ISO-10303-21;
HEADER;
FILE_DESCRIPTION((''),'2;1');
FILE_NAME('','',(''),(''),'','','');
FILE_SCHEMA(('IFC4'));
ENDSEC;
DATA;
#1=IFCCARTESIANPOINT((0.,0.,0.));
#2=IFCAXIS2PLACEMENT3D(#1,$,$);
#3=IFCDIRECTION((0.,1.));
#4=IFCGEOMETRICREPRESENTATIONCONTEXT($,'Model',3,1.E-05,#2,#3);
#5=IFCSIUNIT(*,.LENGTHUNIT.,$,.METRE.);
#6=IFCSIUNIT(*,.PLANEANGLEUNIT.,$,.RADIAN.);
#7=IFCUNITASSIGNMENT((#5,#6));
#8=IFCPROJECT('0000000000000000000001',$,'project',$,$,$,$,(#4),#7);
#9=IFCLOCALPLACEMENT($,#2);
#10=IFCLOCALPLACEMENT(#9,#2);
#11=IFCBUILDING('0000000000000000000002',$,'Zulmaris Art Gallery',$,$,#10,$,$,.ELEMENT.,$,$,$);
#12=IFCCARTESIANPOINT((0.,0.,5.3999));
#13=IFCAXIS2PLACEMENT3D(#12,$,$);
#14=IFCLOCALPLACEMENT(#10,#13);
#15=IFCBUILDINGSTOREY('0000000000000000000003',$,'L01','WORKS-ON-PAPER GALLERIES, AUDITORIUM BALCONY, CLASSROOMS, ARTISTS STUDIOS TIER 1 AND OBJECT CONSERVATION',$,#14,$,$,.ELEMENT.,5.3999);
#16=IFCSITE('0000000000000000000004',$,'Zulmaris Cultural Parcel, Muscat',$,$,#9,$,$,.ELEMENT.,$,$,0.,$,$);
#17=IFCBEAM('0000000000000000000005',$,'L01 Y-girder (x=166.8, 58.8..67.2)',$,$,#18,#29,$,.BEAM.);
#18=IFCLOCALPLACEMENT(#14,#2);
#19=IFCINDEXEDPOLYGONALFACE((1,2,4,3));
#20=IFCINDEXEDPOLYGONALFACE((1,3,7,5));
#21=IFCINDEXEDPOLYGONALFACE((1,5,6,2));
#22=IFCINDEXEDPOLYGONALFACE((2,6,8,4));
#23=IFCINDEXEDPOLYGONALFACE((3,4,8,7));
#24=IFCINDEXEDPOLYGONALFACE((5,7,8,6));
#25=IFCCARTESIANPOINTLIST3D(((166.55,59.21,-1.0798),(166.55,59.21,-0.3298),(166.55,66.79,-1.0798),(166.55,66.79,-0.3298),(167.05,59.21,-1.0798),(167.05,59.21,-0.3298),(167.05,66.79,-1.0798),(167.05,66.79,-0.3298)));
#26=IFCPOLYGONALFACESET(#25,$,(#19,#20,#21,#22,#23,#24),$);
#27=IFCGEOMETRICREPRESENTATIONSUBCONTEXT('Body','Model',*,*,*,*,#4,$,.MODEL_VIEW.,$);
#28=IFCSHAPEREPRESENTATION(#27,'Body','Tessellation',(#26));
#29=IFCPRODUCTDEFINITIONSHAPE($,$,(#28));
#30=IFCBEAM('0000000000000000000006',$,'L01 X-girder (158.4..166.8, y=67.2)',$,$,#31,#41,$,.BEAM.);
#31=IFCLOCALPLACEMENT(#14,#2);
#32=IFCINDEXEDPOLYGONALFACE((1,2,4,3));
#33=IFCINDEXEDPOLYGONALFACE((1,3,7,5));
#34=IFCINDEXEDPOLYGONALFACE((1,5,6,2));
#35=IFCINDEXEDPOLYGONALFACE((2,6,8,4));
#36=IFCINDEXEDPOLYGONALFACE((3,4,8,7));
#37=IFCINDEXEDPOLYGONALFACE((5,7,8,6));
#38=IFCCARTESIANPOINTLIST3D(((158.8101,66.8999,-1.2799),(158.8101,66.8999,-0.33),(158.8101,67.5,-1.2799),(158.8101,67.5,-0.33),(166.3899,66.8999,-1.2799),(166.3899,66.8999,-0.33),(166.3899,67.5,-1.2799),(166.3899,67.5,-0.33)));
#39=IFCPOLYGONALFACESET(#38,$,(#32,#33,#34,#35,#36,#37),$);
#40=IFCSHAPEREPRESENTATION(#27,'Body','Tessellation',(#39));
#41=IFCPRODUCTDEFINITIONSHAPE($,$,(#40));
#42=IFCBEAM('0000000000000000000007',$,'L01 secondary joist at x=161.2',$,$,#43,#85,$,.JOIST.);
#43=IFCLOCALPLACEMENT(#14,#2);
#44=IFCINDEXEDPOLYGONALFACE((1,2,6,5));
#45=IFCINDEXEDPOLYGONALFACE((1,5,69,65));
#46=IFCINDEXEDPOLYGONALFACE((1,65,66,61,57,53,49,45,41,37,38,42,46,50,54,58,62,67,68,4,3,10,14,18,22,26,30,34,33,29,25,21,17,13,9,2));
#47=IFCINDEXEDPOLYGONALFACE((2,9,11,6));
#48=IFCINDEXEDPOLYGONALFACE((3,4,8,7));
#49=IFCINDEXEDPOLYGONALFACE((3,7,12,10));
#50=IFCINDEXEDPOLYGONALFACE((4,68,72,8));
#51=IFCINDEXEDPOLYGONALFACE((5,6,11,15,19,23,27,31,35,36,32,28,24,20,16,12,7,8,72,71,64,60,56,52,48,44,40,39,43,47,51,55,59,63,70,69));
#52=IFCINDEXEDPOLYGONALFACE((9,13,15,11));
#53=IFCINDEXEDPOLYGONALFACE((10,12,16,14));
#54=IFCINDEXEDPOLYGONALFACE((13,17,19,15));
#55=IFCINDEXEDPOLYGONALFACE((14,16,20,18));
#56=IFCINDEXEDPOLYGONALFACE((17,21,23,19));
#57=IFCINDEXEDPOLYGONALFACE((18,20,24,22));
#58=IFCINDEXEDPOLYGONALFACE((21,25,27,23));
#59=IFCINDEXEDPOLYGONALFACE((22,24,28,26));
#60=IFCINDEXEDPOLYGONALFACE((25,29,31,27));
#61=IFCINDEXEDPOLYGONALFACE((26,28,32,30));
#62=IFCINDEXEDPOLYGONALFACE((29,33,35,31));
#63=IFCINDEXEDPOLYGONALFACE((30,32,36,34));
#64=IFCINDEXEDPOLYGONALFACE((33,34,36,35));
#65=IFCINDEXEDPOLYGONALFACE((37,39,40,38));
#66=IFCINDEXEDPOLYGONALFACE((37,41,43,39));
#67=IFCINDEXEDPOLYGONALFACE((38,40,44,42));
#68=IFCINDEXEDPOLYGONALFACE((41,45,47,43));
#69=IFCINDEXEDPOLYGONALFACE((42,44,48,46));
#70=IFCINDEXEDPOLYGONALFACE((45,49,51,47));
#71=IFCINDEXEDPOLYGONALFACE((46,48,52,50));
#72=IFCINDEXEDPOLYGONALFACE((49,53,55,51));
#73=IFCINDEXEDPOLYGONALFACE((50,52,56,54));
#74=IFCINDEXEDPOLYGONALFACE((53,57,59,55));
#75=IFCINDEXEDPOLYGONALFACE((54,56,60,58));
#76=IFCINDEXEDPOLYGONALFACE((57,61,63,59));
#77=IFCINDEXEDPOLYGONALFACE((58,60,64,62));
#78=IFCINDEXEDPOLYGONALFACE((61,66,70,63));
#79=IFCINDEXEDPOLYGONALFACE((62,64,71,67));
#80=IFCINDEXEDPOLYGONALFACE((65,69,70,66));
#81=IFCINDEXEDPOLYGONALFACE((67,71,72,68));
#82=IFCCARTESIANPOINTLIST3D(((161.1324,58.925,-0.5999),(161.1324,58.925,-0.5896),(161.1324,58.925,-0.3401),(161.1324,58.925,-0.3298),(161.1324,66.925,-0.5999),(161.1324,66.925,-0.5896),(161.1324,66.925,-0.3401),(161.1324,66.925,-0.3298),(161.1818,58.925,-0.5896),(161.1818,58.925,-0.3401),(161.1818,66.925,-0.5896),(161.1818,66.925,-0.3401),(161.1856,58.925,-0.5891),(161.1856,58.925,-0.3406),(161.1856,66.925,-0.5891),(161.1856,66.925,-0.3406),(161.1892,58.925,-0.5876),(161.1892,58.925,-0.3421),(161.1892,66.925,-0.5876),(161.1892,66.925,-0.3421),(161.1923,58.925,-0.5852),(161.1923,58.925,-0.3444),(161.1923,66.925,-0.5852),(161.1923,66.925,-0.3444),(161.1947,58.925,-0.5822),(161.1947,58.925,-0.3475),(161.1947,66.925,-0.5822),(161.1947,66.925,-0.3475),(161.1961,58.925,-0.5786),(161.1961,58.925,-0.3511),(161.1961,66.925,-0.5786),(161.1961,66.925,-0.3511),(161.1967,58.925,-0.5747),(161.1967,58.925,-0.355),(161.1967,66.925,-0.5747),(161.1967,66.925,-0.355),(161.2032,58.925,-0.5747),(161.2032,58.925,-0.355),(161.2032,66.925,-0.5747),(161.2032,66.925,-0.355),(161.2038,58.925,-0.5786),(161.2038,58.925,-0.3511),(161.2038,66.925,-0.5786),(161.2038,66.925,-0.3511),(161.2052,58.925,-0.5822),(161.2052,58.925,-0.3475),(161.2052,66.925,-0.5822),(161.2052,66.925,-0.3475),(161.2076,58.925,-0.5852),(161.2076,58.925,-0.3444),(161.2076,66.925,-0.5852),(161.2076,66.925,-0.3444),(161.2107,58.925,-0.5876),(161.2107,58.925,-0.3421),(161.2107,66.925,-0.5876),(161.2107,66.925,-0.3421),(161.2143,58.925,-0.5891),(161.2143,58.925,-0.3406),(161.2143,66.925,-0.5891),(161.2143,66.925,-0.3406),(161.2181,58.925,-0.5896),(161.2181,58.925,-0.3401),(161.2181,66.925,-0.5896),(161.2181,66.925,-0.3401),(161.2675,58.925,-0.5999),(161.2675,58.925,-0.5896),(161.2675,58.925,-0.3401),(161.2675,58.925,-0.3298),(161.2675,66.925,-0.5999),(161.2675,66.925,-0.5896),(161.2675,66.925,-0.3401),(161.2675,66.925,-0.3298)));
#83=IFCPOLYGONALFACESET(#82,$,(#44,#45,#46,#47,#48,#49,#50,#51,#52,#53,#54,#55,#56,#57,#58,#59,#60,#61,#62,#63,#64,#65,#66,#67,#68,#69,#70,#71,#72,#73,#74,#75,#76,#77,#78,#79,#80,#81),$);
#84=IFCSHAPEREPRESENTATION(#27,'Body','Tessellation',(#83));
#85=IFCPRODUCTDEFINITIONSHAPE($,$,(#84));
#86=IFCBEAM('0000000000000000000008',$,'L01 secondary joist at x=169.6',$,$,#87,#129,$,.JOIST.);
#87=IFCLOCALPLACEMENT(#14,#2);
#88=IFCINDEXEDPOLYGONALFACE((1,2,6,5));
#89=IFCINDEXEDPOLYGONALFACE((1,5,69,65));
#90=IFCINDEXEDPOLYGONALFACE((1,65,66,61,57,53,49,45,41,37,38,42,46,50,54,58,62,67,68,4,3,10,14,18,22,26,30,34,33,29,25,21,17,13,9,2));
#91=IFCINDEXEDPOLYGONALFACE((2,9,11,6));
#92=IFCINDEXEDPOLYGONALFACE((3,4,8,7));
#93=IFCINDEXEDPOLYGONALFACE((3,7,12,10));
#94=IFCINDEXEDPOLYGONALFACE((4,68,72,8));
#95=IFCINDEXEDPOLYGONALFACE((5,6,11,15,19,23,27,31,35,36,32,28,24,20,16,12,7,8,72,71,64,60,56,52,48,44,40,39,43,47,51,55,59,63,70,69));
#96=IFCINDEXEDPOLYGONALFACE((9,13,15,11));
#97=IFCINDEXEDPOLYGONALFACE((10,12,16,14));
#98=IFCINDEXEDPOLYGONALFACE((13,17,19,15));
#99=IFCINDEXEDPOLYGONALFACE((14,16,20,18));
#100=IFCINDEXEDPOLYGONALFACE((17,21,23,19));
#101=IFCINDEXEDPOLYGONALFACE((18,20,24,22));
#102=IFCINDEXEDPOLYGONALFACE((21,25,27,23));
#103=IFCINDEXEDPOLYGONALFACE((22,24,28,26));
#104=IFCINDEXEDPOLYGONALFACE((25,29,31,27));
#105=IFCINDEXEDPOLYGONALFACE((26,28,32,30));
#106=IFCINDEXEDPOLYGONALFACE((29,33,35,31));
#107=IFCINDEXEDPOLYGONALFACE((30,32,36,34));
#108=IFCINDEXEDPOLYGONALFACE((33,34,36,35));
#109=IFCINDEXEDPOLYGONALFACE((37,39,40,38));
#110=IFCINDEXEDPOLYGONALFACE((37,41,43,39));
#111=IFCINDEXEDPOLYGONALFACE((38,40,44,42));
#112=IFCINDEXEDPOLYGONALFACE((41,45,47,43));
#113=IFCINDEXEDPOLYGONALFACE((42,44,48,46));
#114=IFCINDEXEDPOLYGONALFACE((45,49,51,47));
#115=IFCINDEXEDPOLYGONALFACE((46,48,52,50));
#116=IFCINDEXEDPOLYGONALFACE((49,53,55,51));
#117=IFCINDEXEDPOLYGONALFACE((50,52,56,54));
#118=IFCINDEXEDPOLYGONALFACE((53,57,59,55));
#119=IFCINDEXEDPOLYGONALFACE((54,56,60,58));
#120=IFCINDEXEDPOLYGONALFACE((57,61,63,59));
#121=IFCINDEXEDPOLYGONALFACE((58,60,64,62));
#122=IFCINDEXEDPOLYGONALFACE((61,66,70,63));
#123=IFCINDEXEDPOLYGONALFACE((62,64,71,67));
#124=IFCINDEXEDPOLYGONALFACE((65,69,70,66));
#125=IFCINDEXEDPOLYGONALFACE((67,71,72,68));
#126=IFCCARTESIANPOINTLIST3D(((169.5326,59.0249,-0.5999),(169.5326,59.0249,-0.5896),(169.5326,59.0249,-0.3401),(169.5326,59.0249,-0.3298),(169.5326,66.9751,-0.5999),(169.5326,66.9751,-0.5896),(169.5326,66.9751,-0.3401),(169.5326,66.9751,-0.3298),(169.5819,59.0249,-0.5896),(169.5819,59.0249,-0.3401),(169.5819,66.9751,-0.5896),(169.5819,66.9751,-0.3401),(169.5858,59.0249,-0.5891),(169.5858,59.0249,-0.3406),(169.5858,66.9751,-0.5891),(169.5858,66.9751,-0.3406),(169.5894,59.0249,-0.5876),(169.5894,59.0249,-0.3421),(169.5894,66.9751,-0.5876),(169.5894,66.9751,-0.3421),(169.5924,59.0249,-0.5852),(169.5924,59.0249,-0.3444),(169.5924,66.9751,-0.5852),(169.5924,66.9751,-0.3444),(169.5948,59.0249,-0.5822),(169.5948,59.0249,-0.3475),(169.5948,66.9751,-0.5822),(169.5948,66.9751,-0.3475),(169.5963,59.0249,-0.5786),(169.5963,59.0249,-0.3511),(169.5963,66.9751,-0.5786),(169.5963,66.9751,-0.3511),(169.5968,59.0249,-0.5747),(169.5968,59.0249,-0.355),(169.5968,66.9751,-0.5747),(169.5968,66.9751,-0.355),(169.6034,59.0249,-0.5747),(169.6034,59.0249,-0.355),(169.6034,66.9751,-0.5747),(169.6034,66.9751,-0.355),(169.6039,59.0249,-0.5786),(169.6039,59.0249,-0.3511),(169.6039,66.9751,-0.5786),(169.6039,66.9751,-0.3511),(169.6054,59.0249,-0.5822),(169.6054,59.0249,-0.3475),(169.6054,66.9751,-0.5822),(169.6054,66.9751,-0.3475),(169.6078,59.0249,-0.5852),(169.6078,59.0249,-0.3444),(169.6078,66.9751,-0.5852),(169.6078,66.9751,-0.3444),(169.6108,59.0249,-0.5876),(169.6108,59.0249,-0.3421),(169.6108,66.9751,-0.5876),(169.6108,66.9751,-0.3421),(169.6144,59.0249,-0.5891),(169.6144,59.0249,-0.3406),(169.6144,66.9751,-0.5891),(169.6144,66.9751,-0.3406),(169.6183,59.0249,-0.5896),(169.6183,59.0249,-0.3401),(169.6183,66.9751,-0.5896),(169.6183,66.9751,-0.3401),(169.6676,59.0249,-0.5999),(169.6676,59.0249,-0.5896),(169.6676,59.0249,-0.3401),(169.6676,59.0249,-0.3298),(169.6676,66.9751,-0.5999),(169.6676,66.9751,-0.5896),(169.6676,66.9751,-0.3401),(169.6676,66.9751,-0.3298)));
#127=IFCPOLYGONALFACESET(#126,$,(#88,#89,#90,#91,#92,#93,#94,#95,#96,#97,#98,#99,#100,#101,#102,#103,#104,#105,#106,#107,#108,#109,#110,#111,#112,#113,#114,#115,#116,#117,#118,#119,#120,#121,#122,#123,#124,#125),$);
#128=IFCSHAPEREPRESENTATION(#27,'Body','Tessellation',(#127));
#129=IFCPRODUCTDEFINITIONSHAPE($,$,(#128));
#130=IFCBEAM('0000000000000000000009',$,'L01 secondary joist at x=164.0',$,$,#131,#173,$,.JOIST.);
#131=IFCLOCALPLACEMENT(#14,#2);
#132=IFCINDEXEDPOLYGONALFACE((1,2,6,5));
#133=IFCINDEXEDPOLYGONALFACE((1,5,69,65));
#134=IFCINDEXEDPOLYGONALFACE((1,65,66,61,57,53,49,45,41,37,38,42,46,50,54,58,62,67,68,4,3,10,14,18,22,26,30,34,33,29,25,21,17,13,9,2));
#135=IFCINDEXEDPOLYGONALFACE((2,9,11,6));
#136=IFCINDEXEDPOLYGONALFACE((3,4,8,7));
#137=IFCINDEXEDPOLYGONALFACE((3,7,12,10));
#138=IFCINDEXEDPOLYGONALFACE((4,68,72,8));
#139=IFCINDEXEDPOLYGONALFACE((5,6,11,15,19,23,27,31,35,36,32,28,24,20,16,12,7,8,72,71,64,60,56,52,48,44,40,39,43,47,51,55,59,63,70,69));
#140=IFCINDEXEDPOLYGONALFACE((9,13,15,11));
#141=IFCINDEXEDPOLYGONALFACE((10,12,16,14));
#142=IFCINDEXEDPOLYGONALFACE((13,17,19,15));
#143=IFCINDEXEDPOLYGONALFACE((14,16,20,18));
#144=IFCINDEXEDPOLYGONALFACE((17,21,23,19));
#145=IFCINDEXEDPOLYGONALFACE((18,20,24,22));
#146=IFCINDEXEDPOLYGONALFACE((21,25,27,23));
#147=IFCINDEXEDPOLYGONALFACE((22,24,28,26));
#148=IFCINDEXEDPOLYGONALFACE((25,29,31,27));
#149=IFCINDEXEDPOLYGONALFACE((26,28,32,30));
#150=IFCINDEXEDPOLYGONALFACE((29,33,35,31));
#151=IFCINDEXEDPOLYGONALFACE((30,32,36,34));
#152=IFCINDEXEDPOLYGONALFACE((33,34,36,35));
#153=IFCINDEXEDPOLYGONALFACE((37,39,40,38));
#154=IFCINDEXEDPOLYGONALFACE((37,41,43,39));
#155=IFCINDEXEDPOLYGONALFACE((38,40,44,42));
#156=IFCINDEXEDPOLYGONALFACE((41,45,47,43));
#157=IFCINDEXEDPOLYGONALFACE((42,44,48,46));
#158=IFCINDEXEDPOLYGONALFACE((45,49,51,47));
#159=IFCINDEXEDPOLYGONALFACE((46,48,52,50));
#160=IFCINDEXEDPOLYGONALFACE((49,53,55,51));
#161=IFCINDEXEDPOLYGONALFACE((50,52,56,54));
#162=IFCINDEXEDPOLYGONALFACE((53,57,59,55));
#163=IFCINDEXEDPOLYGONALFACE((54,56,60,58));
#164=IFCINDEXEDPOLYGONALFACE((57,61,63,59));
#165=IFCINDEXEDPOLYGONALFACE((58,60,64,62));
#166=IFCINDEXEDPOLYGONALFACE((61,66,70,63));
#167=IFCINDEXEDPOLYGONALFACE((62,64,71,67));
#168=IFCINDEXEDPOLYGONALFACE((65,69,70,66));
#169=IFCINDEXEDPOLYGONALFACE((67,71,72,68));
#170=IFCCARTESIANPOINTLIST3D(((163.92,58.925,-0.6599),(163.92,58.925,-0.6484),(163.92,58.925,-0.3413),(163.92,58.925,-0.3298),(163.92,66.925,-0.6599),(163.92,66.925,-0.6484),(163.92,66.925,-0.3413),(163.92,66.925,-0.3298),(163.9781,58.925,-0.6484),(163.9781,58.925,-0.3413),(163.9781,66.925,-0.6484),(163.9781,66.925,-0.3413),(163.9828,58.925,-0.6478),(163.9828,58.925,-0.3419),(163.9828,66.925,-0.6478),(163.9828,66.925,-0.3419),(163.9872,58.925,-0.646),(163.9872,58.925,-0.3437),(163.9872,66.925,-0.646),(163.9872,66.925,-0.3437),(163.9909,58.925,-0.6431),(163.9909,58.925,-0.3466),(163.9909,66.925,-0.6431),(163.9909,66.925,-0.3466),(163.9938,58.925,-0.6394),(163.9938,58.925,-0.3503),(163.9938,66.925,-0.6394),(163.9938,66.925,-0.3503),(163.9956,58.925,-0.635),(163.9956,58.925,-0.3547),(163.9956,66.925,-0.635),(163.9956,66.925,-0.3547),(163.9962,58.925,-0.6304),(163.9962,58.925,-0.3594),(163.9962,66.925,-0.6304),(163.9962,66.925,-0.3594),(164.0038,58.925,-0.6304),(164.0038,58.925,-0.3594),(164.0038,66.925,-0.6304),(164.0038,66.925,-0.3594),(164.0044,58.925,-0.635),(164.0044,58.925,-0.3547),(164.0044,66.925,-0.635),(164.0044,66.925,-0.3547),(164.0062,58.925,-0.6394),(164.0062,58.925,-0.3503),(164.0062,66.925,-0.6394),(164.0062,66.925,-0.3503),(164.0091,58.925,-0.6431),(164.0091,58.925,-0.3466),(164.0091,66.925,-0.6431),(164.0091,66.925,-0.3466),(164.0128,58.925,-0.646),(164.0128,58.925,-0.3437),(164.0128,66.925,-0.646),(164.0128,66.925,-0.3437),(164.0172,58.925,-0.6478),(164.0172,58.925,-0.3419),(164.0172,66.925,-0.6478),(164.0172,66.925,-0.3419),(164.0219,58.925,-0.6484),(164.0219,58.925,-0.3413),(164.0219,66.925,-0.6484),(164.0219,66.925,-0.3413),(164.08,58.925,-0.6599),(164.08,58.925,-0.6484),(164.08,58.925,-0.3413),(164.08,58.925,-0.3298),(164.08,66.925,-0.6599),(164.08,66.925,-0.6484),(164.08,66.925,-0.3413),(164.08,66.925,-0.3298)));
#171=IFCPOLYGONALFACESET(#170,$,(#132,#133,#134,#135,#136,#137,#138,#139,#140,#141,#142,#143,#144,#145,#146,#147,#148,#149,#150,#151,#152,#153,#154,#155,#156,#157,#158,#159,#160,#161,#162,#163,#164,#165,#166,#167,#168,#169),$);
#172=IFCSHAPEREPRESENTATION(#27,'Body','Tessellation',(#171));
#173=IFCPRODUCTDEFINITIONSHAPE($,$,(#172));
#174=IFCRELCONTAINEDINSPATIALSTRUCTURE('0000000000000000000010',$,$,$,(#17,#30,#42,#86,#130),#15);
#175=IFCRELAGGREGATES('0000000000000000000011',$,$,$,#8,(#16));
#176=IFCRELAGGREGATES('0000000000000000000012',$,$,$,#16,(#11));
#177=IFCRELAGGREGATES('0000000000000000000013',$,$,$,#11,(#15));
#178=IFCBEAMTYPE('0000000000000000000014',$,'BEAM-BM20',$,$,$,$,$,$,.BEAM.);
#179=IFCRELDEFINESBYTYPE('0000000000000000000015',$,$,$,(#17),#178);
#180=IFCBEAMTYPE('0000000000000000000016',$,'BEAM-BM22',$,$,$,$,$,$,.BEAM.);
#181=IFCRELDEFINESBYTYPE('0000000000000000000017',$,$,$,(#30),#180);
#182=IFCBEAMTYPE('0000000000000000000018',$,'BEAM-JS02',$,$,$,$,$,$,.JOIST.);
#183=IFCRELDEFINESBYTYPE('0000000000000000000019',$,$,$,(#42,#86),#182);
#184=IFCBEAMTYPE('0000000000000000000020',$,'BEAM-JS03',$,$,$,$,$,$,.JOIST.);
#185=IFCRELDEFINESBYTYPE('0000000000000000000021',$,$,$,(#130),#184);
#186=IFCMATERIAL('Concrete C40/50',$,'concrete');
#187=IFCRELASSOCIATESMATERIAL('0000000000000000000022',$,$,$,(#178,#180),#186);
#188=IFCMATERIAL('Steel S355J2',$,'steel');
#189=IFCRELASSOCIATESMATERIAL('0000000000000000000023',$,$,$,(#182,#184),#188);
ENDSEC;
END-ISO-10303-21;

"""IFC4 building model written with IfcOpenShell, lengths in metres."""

from ifc_helpers import new_model, si_unit, direction, frame, origin, origin_2d, place, context, subcontext, project, spatial, rectangle, i_section, extrude, material, material_profile, profile_set, type_object, element, save


model = new_model("IFC4")

# Units and contexts
model_context = context("Model", 3, precision=1e-05, world=origin(), true_north=direction((0.0, 1.0)))
body_context = subcontext(model_context, "Body", "Model", "MODEL_VIEW")
ifc_project = project(units=[si_unit("LENGTHUNIT", "METRE"), si_unit("PLANEANGLEUNIT", "RADIAN")], contexts=[model_context])

# Site, building, storey
site_placement = place(None, origin())
site = spatial("IfcSite", under=ifc_project, at=site_placement, Name="Zulmaris Cultural Parcel, Muscat", CompositionType="ELEMENT", RefElevation=0.0)
building_placement = place(site_placement, origin())
building = spatial("IfcBuilding", under=site, at=building_placement, Name="Zulmaris Art Gallery", CompositionType="ELEMENT")
storey_placement = place(building_placement, frame((0.0, 0.0, 5.3999)))
storey = spatial("IfcBuildingStorey", under=building, at=storey_placement, Name="L01", Description="WORKS-ON-PAPER GALLERIES, AUDITORIUM BALCONY, CLASSROOMS, ARTISTS STUDIOS TIER 1 AND OBJECT CONSERVATION", CompositionType="ELEMENT", Elevation=5.3999)

# Beams
ifc_material_1 = material(Name="Concrete C40/50", Category="concrete")
ifc_material_profile_1 = material_profile(ifc_material_1, rectangle(XDim=0.5, YDim=0.75, at=origin_2d()), Name="RC 500x750")
ifc_profile_set_1 = profile_set([ifc_material_profile_1], Name="Concrete C40/50")
beam_type_1 = type_object("IfcBeamType", Name="BEAM-BM20", PredefinedType="BEAM", material=ifc_profile_set_1)
beam_1_placement = place(storey_placement, frame((166.8, 59.21, -0.7048), z_axis=(0.0, 1.0, 0.0), x_axis=(-1.0, 0.0, 0.0)))
element("IfcBeam", 1, at=beam_1_placement, inside=storey, type_object=beam_type_1, Name="L01 Y-girder (x=166.8, 58.8..67.2)", PredefinedType="BEAM", context=body_context, shape_type="SweptSolid", body=[
    extrude(rectangle(XDim=0.5, YDim=0.75, at=origin_2d()), origin(), (0.0, 0.0, 1.0), 7.5801),
])
ifc_material_profile_2 = material_profile(ifc_material_1, rectangle(XDim=0.6001, YDim=0.95, at=origin_2d()), Name="RC 600x950")
ifc_profile_set_2 = profile_set([ifc_material_profile_2], Name="Concrete C40/50")
beam_type_2 = type_object("IfcBeamType", Name="BEAM-BM22", PredefinedType="BEAM", material=ifc_profile_set_2)
beam_2_placement = place(storey_placement, frame((158.8101, 67.2, -0.8049), z_axis=(1.0, 0.0, 0.0), x_axis=(0.0, 1.0, 0.0)))
element("IfcBeam", 2, at=beam_2_placement, inside=storey, type_object=beam_type_2, Name="L01 X-girder (158.4..166.8, y=67.2)", PredefinedType="BEAM", context=body_context, shape_type="SweptSolid", body=[
    extrude(rectangle(XDim=0.6001, YDim=0.95, at=origin_2d()), origin(), (0.0, 0.0, 1.0), 7.5798),
])
ifc_material_2 = material(Name="Steel S355J2", Category="steel")
ifc_material_profile_3 = material_profile(ifc_material_2, i_section(OverallWidth=0.135, OverallDepth=0.27, WebThickness=0.0066, FlangeThickness=0.0103, FilletRadius=0.0149, at=origin_2d()), Name="IPE 270")
ifc_profile_set_3 = profile_set([ifc_material_profile_3], Name="Steel S355J2")
beam_type_3 = type_object("IfcBeamType", Name="BEAM-JS02", PredefinedType="JOIST", material=ifc_profile_set_3)
beam_3_placement = place(storey_placement, frame((161.2, 58.925, -0.4648), z_axis=(0.0, 1.0, 0.0), x_axis=(-1.0, 0.0, 0.0)))
element("IfcBeam", 3, at=beam_3_placement, inside=storey, type_object=beam_type_3, Name="L01 secondary joist at x=161.2", PredefinedType="JOIST", context=body_context, shape_type="SweptSolid", body=[
    extrude(i_section(OverallWidth=0.135, OverallDepth=0.27, WebThickness=0.0066, FlangeThickness=0.0103, FilletRadius=0.0149, at=origin_2d()), origin(), (0.0, 0.0, 1.0), 8.0),
])
beam_4_placement = place(storey_placement, frame((169.6001, 59.0249, -0.4648), z_axis=(0.0, 1.0, 0.0), x_axis=(-1.0, 0.0, 0.0)))
element("IfcBeam", 4, at=beam_4_placement, inside=storey, type_object=beam_type_3, Name="L01 secondary joist at x=169.6", PredefinedType="JOIST", context=body_context, shape_type="SweptSolid", body=[
    extrude(i_section(OverallWidth=0.135, OverallDepth=0.27, WebThickness=0.0066, FlangeThickness=0.0103, FilletRadius=0.0149, at=origin_2d()), origin(), (0.0, 0.0, 1.0), 7.9502),
])
ifc_material_profile_4 = material_profile(ifc_material_2, i_section(OverallWidth=0.1599, OverallDepth=0.3301, WebThickness=0.0076, FlangeThickness=0.0115, FilletRadius=0.0181, at=origin_2d()), Name="IPE 330")
ifc_profile_set_4 = profile_set([ifc_material_profile_4], Name="Steel S355J2")
beam_type_4 = type_object("IfcBeamType", Name="BEAM-JS03", PredefinedType="JOIST", material=ifc_profile_set_4)
beam_5_placement = place(storey_placement, frame((164.0, 58.925, -0.4949), z_axis=(0.0, 1.0, 0.0), x_axis=(-1.0, 0.0, 0.0)))
element("IfcBeam", 5, at=beam_5_placement, inside=storey, type_object=beam_type_4, Name="L01 secondary joist at x=164.0", PredefinedType="JOIST", context=body_context, shape_type="SweptSolid", body=[
    extrude(i_section(OverallWidth=0.1599, OverallDepth=0.3301, WebThickness=0.0076, FlangeThickness=0.0115, FilletRadius=0.0181, at=origin_2d()), origin(), (0.0, 0.0, 1.0), 8.0),
])

save(model, "model.ifc")
